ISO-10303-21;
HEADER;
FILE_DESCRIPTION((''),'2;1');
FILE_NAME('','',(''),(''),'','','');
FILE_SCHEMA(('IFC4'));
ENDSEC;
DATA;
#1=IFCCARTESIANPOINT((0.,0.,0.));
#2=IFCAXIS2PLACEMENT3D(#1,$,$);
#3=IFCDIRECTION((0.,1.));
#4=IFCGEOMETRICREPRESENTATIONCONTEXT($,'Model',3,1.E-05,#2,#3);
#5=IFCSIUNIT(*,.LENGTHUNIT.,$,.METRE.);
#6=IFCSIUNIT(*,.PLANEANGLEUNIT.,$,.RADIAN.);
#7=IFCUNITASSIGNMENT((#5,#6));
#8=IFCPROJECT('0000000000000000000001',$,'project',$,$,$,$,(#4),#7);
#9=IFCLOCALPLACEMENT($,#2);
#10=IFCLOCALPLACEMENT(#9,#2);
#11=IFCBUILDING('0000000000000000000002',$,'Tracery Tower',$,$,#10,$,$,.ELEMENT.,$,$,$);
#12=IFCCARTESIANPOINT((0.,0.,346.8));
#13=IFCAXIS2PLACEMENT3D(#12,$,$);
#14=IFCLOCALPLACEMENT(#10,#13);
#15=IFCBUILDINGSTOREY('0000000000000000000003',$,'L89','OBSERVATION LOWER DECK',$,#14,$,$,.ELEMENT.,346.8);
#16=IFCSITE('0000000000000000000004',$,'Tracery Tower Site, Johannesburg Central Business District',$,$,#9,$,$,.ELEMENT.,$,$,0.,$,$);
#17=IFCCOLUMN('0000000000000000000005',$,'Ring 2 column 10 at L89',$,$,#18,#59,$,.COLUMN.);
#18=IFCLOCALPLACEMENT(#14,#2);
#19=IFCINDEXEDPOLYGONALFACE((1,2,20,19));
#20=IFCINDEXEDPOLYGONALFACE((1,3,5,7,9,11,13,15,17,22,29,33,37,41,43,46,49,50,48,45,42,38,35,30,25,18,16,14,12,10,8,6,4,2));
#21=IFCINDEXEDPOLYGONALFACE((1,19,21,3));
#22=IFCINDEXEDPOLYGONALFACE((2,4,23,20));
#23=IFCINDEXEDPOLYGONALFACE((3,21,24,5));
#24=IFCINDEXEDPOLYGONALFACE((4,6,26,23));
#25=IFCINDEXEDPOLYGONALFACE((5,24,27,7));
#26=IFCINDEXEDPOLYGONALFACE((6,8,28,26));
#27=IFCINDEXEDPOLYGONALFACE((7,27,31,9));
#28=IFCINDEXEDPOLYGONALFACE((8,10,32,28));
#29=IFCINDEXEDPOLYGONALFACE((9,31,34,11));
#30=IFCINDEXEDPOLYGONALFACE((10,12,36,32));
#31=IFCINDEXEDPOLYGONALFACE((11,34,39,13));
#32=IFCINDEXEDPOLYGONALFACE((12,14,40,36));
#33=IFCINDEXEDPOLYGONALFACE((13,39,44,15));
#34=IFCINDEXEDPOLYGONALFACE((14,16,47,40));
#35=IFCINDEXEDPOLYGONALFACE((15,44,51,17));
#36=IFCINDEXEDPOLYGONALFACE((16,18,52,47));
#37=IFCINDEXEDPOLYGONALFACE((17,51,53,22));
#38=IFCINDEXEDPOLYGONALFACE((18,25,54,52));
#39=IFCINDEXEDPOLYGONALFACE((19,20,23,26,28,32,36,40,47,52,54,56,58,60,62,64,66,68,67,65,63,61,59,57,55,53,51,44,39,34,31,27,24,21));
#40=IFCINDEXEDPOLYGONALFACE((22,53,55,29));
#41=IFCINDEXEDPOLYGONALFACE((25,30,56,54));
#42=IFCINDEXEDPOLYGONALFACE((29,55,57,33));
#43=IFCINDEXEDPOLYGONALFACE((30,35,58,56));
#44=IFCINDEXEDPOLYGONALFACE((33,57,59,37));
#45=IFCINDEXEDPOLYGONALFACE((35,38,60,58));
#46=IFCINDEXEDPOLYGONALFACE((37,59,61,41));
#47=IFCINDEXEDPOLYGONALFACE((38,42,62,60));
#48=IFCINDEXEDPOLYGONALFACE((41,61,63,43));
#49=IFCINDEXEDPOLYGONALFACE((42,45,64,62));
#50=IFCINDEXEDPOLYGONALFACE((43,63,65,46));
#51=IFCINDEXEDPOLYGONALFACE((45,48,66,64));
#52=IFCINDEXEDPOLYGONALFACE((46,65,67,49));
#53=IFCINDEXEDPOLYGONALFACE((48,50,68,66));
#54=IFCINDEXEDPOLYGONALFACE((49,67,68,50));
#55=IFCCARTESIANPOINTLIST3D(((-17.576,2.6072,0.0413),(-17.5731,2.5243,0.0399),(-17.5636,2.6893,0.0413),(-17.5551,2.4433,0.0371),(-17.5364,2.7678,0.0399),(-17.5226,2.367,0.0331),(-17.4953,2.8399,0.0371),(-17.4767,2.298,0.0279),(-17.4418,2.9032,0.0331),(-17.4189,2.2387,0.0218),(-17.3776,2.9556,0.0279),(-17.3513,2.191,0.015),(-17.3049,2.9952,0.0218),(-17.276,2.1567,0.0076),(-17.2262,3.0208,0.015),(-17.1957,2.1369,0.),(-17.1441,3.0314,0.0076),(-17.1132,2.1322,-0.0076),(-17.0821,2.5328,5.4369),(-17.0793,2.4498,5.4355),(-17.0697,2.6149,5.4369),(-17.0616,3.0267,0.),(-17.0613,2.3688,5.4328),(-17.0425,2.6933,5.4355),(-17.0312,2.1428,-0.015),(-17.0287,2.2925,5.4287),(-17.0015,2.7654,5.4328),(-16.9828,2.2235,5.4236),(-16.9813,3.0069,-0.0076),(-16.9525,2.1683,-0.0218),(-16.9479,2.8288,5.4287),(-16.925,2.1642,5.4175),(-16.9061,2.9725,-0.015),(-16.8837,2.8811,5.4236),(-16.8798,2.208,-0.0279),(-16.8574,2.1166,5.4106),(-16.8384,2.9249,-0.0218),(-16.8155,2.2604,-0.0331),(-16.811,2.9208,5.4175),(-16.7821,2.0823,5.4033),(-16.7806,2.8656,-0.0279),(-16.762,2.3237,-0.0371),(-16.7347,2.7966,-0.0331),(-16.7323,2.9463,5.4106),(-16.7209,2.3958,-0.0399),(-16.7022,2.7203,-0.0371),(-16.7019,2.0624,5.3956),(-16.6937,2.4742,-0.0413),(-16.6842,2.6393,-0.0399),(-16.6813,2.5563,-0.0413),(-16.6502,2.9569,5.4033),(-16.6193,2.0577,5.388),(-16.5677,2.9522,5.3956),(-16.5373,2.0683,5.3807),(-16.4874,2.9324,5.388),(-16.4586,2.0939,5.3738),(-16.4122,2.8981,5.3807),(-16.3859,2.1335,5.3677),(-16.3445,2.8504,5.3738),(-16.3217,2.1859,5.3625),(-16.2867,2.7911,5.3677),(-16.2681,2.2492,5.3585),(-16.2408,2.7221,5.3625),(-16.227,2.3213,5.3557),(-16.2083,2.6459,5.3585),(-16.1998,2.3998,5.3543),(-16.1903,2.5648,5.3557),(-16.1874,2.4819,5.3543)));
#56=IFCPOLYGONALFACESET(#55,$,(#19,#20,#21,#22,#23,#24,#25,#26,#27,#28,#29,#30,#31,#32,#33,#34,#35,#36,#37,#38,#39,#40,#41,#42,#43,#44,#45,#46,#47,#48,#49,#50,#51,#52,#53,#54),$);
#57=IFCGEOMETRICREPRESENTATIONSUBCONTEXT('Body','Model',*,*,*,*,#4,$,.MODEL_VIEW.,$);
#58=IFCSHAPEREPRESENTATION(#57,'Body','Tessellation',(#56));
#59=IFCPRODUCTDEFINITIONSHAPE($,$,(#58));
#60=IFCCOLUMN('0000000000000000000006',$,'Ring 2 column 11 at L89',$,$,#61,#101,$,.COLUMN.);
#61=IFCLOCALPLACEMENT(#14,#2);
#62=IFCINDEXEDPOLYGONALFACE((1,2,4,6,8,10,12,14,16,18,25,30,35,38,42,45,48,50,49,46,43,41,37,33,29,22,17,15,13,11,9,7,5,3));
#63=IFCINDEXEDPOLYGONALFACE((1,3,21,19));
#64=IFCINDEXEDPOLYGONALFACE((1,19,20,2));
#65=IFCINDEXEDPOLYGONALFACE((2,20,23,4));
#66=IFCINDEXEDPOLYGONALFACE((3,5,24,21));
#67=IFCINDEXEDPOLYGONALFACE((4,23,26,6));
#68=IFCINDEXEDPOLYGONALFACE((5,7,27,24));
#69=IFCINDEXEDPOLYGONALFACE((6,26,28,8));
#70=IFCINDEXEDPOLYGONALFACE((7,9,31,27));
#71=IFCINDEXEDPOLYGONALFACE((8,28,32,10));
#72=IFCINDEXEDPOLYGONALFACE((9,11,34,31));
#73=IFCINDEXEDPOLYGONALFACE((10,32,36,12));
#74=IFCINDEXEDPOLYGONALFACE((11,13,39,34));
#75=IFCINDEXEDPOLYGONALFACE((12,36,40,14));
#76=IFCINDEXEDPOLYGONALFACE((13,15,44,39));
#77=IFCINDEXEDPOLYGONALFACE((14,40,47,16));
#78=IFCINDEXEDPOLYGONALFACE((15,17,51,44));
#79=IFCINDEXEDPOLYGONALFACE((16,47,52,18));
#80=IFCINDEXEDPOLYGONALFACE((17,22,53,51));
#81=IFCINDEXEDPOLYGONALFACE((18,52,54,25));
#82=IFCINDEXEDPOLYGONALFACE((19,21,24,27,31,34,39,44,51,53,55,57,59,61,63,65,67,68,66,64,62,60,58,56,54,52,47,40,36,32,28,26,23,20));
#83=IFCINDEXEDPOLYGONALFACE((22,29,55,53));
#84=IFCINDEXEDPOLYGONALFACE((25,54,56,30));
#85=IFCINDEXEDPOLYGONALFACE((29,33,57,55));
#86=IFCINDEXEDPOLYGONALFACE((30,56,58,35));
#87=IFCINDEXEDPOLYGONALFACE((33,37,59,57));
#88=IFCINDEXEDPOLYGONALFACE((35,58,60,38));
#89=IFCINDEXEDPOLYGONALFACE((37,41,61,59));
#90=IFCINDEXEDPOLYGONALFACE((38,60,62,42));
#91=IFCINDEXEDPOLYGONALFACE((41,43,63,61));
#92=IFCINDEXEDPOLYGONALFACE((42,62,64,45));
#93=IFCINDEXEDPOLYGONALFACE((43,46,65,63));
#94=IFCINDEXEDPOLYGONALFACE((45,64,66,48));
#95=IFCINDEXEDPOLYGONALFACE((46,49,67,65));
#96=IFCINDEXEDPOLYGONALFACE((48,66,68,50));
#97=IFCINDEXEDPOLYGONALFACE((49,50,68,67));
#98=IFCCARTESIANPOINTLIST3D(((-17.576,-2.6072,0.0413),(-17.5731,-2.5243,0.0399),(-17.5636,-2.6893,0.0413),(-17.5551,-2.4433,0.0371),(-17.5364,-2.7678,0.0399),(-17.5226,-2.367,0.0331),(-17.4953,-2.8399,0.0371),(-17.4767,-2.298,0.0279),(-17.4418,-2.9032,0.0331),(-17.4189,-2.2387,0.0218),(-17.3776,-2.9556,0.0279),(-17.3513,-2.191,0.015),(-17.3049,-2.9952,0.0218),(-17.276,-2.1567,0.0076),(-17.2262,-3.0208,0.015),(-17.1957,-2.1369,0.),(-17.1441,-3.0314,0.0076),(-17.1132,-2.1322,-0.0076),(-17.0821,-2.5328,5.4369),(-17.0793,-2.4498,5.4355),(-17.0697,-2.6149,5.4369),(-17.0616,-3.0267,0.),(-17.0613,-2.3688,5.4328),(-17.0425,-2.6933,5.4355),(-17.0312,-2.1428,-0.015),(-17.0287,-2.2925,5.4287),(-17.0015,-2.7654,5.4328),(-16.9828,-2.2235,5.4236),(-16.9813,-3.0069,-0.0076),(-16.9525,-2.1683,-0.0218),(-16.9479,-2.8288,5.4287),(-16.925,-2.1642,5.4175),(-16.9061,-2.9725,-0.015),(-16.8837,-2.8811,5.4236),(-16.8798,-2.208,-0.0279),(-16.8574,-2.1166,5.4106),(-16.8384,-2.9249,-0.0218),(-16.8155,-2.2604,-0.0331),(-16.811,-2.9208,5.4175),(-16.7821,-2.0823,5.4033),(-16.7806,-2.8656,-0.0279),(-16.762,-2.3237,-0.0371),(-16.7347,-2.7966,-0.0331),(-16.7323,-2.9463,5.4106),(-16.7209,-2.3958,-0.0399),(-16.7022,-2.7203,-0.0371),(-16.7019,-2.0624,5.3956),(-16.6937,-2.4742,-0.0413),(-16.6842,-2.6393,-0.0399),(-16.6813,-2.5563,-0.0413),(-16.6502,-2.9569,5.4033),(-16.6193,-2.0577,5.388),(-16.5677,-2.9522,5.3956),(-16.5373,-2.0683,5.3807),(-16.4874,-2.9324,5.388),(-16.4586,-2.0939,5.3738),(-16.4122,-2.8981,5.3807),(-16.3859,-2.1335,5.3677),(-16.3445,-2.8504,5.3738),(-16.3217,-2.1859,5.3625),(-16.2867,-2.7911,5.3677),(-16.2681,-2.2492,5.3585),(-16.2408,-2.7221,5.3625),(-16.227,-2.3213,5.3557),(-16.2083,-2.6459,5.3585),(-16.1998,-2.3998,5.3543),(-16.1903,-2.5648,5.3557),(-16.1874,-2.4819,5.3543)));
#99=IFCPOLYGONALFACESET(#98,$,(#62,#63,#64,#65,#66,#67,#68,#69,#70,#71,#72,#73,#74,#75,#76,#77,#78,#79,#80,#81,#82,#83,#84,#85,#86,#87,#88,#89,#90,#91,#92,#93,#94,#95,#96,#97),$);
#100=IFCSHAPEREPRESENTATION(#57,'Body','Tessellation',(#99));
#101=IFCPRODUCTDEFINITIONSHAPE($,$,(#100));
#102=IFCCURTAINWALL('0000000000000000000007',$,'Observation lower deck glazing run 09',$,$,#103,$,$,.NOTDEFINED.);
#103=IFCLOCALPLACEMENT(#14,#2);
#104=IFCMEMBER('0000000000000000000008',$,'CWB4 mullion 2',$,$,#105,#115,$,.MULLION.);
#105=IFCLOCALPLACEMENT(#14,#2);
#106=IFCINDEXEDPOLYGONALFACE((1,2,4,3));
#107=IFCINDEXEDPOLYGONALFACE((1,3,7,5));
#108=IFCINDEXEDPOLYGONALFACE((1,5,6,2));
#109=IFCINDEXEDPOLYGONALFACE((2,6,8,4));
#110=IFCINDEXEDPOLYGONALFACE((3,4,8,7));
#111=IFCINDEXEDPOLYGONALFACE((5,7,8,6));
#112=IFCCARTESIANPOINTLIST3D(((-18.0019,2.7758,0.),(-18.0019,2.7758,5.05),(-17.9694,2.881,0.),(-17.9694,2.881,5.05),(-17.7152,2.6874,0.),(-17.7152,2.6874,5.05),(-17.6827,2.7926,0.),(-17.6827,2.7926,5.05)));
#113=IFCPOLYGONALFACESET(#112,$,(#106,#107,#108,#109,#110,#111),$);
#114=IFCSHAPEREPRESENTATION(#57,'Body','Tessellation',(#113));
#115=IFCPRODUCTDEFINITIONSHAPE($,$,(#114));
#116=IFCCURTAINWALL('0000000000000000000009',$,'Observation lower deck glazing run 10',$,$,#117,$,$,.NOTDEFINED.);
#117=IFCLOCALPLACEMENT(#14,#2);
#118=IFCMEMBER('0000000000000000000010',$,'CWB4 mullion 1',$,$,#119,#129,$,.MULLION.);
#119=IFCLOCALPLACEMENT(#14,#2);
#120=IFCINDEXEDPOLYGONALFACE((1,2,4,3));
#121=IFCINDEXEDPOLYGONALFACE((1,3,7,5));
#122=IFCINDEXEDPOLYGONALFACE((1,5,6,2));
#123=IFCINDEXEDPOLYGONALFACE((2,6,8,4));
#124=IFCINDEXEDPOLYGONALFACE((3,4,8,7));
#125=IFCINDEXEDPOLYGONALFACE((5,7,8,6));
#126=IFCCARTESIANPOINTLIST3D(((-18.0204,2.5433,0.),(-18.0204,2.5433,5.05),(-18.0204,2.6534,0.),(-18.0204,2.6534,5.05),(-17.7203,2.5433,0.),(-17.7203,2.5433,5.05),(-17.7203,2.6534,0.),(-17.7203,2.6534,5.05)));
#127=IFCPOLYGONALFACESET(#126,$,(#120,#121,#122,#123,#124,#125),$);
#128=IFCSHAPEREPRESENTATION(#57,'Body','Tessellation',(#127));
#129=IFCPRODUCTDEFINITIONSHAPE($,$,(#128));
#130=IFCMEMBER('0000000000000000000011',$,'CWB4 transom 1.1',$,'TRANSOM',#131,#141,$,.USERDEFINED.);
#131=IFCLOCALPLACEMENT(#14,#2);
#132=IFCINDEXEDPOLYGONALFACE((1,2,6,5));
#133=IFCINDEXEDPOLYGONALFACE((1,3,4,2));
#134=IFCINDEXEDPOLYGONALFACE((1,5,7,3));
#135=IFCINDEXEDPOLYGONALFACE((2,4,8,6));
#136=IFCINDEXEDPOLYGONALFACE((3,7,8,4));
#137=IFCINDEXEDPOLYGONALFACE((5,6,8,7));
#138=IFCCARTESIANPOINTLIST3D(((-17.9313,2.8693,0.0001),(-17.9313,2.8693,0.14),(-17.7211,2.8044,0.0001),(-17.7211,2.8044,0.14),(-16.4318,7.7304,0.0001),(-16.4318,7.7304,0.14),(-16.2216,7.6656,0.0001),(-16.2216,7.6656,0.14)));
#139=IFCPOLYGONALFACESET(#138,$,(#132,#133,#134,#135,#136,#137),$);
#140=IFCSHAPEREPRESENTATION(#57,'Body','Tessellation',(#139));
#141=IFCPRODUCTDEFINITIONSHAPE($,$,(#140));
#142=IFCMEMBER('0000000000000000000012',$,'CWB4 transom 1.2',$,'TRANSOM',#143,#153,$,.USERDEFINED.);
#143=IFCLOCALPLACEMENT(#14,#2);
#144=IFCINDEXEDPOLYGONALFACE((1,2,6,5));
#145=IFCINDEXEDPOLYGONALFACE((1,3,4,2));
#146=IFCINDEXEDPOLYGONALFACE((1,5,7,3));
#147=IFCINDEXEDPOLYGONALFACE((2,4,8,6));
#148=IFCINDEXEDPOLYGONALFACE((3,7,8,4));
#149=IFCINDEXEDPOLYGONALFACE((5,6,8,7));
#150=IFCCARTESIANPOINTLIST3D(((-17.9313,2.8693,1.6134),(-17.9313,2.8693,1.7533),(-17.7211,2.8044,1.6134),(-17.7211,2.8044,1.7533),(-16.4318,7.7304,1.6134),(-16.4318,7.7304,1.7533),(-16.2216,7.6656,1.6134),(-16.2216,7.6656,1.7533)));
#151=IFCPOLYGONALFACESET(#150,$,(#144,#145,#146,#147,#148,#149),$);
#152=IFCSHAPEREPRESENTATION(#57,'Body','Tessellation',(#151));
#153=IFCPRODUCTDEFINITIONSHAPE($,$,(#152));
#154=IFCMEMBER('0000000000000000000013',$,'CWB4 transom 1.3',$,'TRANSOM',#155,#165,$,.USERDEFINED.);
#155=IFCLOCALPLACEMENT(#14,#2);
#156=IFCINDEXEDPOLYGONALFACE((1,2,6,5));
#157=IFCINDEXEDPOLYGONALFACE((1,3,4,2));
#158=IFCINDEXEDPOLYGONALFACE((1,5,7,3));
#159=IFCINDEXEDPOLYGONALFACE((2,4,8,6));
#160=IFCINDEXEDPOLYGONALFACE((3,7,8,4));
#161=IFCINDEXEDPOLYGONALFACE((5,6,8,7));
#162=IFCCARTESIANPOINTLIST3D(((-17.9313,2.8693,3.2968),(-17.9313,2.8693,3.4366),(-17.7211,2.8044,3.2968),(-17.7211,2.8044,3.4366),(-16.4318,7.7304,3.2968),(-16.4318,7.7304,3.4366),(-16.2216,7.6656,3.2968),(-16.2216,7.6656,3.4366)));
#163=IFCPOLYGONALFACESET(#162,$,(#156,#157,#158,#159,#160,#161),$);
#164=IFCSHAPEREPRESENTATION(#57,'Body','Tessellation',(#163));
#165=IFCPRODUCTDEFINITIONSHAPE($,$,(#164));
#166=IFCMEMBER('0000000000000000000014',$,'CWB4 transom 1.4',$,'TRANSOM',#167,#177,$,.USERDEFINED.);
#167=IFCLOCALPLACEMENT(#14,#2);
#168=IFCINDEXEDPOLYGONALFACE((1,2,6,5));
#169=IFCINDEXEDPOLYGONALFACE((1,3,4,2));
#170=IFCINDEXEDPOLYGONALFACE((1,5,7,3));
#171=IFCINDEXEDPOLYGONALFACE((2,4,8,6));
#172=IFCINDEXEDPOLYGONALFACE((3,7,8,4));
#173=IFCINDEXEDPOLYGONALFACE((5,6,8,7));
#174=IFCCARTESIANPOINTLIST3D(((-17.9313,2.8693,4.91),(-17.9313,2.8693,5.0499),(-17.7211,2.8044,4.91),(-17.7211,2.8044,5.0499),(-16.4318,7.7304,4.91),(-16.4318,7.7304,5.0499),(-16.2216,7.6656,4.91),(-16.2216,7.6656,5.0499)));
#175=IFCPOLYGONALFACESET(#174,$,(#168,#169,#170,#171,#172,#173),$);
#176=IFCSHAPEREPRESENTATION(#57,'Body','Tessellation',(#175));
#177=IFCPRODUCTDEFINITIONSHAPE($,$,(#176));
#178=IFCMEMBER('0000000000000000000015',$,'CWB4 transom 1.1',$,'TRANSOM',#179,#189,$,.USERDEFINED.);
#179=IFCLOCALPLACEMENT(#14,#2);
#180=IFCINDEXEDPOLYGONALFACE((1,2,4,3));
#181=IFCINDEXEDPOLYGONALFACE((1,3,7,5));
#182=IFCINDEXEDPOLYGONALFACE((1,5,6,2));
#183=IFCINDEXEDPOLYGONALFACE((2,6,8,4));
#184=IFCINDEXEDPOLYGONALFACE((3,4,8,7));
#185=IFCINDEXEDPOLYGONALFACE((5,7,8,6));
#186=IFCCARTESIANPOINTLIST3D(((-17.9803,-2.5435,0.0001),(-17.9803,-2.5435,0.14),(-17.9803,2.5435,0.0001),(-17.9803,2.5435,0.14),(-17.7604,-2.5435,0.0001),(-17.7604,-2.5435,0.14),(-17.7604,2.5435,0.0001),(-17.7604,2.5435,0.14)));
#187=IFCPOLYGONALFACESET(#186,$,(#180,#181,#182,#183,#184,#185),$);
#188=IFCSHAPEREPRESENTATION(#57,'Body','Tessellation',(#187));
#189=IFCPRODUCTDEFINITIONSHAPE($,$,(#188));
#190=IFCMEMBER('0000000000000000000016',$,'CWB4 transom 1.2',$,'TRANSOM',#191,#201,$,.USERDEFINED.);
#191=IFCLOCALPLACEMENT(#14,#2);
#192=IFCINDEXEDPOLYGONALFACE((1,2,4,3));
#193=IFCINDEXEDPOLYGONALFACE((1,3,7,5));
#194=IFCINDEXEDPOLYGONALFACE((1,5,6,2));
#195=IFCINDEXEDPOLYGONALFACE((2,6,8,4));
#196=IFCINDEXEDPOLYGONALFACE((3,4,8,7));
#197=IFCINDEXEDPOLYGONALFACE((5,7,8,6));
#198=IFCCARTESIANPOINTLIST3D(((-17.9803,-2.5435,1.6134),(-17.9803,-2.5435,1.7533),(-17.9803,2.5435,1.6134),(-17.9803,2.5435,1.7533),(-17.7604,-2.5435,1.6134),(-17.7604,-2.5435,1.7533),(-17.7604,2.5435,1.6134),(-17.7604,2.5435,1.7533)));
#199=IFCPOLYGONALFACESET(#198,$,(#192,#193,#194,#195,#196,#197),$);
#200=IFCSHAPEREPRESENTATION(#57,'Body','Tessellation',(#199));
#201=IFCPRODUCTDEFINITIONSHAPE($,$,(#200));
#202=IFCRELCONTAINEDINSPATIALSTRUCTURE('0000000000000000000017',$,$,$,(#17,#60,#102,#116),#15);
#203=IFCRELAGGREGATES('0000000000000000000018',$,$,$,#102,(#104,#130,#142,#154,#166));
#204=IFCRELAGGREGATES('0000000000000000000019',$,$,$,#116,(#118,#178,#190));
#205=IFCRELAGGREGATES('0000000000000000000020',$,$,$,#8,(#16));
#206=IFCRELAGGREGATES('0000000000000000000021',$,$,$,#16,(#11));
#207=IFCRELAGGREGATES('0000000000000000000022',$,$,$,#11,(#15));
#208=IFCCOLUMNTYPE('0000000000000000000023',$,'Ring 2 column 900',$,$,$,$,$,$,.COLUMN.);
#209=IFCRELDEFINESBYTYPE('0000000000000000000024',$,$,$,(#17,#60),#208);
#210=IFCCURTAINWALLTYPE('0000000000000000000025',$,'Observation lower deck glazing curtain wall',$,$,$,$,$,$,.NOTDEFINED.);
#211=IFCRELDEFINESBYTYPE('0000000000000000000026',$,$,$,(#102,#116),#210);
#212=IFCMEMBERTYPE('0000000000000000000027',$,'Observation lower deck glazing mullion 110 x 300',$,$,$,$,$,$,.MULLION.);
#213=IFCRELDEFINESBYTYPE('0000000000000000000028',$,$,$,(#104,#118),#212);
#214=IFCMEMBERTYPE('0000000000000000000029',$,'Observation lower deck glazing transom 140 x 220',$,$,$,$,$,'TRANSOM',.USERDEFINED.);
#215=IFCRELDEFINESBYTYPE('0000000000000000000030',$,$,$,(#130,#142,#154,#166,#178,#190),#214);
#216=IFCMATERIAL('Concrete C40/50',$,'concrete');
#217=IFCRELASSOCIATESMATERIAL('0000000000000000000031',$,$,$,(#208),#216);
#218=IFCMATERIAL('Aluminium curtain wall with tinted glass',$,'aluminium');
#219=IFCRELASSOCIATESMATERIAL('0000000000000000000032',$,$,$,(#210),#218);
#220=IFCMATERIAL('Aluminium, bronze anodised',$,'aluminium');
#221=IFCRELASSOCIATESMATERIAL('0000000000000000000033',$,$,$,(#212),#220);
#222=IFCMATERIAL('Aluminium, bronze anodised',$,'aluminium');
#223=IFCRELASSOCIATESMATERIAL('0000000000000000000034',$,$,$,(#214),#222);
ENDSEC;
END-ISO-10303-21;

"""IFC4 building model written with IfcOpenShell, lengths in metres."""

from ifc_helpers import new_model, si_unit, direction, frame, origin, origin_2d, place, context, subcontext, project, spatial, rectangle, circle, extrude, material, material_profile, profile_set, type_object, element, aggregate, save


model = new_model("IFC4")

# Units and contexts
model_context = context("Model", 3, precision=1e-05, world=origin(), true_north=direction((0.0, 1.0)))
body_context = subcontext(model_context, "Body", "Model", "MODEL_VIEW")
ifc_project = project(units=[si_unit("LENGTHUNIT", "METRE"), si_unit("PLANEANGLEUNIT", "RADIAN")], contexts=[model_context])

# Site, building, storey
site_placement = place(None, origin())
site = spatial("IfcSite", under=ifc_project, at=site_placement, Name="Tracery Tower Site, Johannesburg Central Business District", CompositionType="ELEMENT", RefElevation=0.0)
building_placement = place(site_placement, origin())
building = spatial("IfcBuilding", under=site, at=building_placement, Name="Tracery Tower", CompositionType="ELEMENT")
storey_placement = place(building_placement, frame((0.0, 0.0, 346.8)))
storey = spatial("IfcBuildingStorey", under=building, at=storey_placement, Name="L89", Description="OBSERVATION LOWER DECK", CompositionType="ELEMENT", Elevation=346.8)

# Columns
ifc_material_1 = material(Name="Concrete C40/50", Category="concrete")
ifc_material_profile_1 = material_profile(ifc_material_1, circle(Radius=0.45, at=origin_2d()), Name="RC D900")
ifc_profile_set_1 = profile_set([ifc_material_profile_1], Name="Concrete C40/50")
column_type = type_object("IfcColumnType", Name="Ring 2 column 900", PredefinedType="COLUMN", material=ifc_profile_set_1)
for number, where, z_axis, x_axis, name in (
    (1, (-17.1287, 2.5818, 0.0), (0.091145, -0.013742, 0.995743), (0.149081, 0.988825, 0.0), "Ring 2 column 10 at L89"),
    (2, (-17.1287, -2.5818, 0.0), (0.091145, 0.013742, 0.995743), (-0.149081, 0.988825, 0.0), "Ring 2 column 11 at L89"),
):
    element("IfcColumn", number, at=place(storey_placement, frame(where, z_axis=z_axis, x_axis=x_axis)), inside=storey, type_object=column_type, Name=name, PredefinedType="COLUMN", context=body_context, shape_type="SweptSolid", body=[
        extrude(circle(Radius=0.45, at=origin_2d()), origin(), (0.0, 0.0, 1.0), 5.4187),
    ])

# Curtain walls, members
ifc_material_2 = material(Name="Aluminium curtain wall with tinted glass", Category="aluminium")
curtain_wall_type = type_object("IfcCurtainWallType", Name="Observation lower deck glazing curtain wall", PredefinedType="NOTDEFINED", material=ifc_material_2)
curtain_wall_1_placement = place(storey_placement, origin())
curtain_wall_1 = element("IfcCurtainWall", 3, at=curtain_wall_1_placement, inside=storey, type_object=curtain_wall_type, Name="Observation lower deck glazing run 09", PredefinedType="NOTDEFINED")
ifc_material_3 = material(Name="Aluminium, bronze anodised", Category="aluminium")
ifc_material_profile_2 = material_profile(ifc_material_3, rectangle(XDim=0.3, YDim=0.1101, at=origin_2d()), Name="Observation lower deck glazing mullion 110 x 300")
ifc_profile_set_2 = profile_set([ifc_material_profile_2], Name="Aluminium, bronze anodised")
member_type_1 = type_object("IfcMemberType", Name="Observation lower deck glazing mullion 110 x 300", PredefinedType="MULLION", material=ifc_profile_set_2)
member_1_placement = place(storey_placement, frame((-17.8423, 2.7842, 0.0), z_axis=(0.0, 0.0, 1.0), x_axis=(0.955572, -0.294757, 0.0)))
member_1 = element("IfcMember", 4, at=member_1_placement, type_object=member_type_1, Name="CWB4 mullion 2", PredefinedType="MULLION", context=body_context, shape_type="SweptSolid", body=[
    extrude(rectangle(XDim=0.3, YDim=0.1101, at=origin_2d()), origin(), (0.0, 0.0, 1.0), 5.05),
])
curtain_wall_2_placement = place(storey_placement, origin())
curtain_wall_2 = element("IfcCurtainWall", 5, at=curtain_wall_2_placement, inside=storey, type_object=curtain_wall_type, Name="Observation lower deck glazing run 10", PredefinedType="NOTDEFINED")
member_2_placement = place(storey_placement, frame((-17.8704, 2.5984, 0.0), z_axis=(0.0, 0.0, 1.0), x_axis=(1.0, 0.0, 0.0)))
member_2 = element("IfcMember", 6, at=member_2_placement, type_object=member_type_1, Name="CWB4 mullion 1", PredefinedType="MULLION", context=body_context, shape_type="SweptSolid", body=[
    extrude(rectangle(XDim=0.3, YDim=0.1101, at=origin_2d()), origin(), (0.0, 0.0, 1.0), 5.05),
])

# Members
ifc_material_4 = material(Name="Aluminium, bronze anodised", Category="aluminium")
ifc_material_profile_3 = material_profile(ifc_material_4, rectangle(XDim=0.22, YDim=0.1399, at=origin_2d()), Name="Observation lower deck glazing transom 140 x 220")
ifc_profile_set_3 = profile_set([ifc_material_profile_3], Name="Aluminium, bronze anodised")
member_type_2 = type_object("IfcMemberType", Name="Observation lower deck glazing transom 140 x 220", ElementType="TRANSOM", PredefinedType="USERDEFINED", material=ifc_profile_set_3)
member_3_placement = place(storey_placement, frame((-16.3267, 7.698, 0.0701), z_axis=(-0.294767, -0.955569, 0.0), x_axis=(0.955569, -0.294767, 0.0)))
member_3 = element("IfcMember", 7, at=member_3_placement, type_object=member_type_2, Name="CWB4 transom 1.1", ObjectType="TRANSOM", PredefinedType="USERDEFINED", context=body_context, shape_type="SweptSolid", body=[
    extrude(rectangle(XDim=0.22, YDim=0.1399, at=origin_2d()), origin(), (0.0, 0.0, 1.0), 5.0872),
])
member_4_placement = place(storey_placement, frame((-16.3267, 7.698, 1.6833), z_axis=(-0.294767, -0.955569, 0.0), x_axis=(0.955569, -0.294767, 0.0)))
member_4 = element("IfcMember", 8, at=member_4_placement, type_object=member_type_2, Name="CWB4 transom 1.2", ObjectType="TRANSOM", PredefinedType="USERDEFINED", context=body_context, shape_type="SweptSolid", body=[
    extrude(rectangle(XDim=0.22, YDim=0.1399, at=origin_2d()), origin(), (0.0, 0.0, 1.0), 5.0872),
])
member_5_placement = place(storey_placement, frame((-16.3267, 7.698, 3.3667), z_axis=(-0.294767, -0.955569, 0.0), x_axis=(0.955569, -0.294767, 0.0)))
member_5 = element("IfcMember", 9, at=member_5_placement, type_object=member_type_2, Name="CWB4 transom 1.3", ObjectType="TRANSOM", PredefinedType="USERDEFINED", context=body_context, shape_type="SweptSolid", body=[
    extrude(rectangle(XDim=0.22, YDim=0.1399, at=origin_2d()), origin(), (0.0, 0.0, 1.0), 5.0872),
])
member_6_placement = place(storey_placement, frame((-16.3267, 7.698, 4.98), z_axis=(-0.294767, -0.955569, 0.0), x_axis=(0.955569, -0.294767, 0.0)))
member_6 = element("IfcMember", 10, at=member_6_placement, type_object=member_type_2, Name="CWB4 transom 1.4", ObjectType="TRANSOM", PredefinedType="USERDEFINED", context=body_context, shape_type="SweptSolid", body=[
    extrude(rectangle(XDim=0.22, YDim=0.1399, at=origin_2d()), origin(), (0.0, 0.0, 1.0), 5.0872),
])
member_7_placement = place(storey_placement, frame((-17.8704, 2.5435, 0.0701), z_axis=(0.0, -1.0, 0.0), x_axis=(1.0, 0.0, 0.0)))
member_7 = element("IfcMember", 11, at=member_7_placement, type_object=member_type_2, Name="CWB4 transom 1.1", ObjectType="TRANSOM", PredefinedType="USERDEFINED", context=body_context, shape_type="SweptSolid", body=[
    extrude(rectangle(XDim=0.22, YDim=0.1399, at=origin_2d()), origin(), (0.0, 0.0, 1.0), 5.0869),
])
member_8_placement = place(storey_placement, frame((-17.8704, 2.5435, 1.6833), z_axis=(0.0, -1.0, 0.0), x_axis=(1.0, 0.0, 0.0)))
member_8 = element("IfcMember", 12, at=member_8_placement, type_object=member_type_2, Name="CWB4 transom 1.2", ObjectType="TRANSOM", PredefinedType="USERDEFINED", context=body_context, shape_type="SweptSolid", body=[
    extrude(rectangle(XDim=0.22, YDim=0.1399, at=origin_2d()), origin(), (0.0, 0.0, 1.0), 5.0869),
])

aggregate(curtain_wall_1, [member_1, member_3, member_4, member_5, member_6])
aggregate(curtain_wall_2, [member_2, member_7, member_8])

save(model, "model.ifc")
